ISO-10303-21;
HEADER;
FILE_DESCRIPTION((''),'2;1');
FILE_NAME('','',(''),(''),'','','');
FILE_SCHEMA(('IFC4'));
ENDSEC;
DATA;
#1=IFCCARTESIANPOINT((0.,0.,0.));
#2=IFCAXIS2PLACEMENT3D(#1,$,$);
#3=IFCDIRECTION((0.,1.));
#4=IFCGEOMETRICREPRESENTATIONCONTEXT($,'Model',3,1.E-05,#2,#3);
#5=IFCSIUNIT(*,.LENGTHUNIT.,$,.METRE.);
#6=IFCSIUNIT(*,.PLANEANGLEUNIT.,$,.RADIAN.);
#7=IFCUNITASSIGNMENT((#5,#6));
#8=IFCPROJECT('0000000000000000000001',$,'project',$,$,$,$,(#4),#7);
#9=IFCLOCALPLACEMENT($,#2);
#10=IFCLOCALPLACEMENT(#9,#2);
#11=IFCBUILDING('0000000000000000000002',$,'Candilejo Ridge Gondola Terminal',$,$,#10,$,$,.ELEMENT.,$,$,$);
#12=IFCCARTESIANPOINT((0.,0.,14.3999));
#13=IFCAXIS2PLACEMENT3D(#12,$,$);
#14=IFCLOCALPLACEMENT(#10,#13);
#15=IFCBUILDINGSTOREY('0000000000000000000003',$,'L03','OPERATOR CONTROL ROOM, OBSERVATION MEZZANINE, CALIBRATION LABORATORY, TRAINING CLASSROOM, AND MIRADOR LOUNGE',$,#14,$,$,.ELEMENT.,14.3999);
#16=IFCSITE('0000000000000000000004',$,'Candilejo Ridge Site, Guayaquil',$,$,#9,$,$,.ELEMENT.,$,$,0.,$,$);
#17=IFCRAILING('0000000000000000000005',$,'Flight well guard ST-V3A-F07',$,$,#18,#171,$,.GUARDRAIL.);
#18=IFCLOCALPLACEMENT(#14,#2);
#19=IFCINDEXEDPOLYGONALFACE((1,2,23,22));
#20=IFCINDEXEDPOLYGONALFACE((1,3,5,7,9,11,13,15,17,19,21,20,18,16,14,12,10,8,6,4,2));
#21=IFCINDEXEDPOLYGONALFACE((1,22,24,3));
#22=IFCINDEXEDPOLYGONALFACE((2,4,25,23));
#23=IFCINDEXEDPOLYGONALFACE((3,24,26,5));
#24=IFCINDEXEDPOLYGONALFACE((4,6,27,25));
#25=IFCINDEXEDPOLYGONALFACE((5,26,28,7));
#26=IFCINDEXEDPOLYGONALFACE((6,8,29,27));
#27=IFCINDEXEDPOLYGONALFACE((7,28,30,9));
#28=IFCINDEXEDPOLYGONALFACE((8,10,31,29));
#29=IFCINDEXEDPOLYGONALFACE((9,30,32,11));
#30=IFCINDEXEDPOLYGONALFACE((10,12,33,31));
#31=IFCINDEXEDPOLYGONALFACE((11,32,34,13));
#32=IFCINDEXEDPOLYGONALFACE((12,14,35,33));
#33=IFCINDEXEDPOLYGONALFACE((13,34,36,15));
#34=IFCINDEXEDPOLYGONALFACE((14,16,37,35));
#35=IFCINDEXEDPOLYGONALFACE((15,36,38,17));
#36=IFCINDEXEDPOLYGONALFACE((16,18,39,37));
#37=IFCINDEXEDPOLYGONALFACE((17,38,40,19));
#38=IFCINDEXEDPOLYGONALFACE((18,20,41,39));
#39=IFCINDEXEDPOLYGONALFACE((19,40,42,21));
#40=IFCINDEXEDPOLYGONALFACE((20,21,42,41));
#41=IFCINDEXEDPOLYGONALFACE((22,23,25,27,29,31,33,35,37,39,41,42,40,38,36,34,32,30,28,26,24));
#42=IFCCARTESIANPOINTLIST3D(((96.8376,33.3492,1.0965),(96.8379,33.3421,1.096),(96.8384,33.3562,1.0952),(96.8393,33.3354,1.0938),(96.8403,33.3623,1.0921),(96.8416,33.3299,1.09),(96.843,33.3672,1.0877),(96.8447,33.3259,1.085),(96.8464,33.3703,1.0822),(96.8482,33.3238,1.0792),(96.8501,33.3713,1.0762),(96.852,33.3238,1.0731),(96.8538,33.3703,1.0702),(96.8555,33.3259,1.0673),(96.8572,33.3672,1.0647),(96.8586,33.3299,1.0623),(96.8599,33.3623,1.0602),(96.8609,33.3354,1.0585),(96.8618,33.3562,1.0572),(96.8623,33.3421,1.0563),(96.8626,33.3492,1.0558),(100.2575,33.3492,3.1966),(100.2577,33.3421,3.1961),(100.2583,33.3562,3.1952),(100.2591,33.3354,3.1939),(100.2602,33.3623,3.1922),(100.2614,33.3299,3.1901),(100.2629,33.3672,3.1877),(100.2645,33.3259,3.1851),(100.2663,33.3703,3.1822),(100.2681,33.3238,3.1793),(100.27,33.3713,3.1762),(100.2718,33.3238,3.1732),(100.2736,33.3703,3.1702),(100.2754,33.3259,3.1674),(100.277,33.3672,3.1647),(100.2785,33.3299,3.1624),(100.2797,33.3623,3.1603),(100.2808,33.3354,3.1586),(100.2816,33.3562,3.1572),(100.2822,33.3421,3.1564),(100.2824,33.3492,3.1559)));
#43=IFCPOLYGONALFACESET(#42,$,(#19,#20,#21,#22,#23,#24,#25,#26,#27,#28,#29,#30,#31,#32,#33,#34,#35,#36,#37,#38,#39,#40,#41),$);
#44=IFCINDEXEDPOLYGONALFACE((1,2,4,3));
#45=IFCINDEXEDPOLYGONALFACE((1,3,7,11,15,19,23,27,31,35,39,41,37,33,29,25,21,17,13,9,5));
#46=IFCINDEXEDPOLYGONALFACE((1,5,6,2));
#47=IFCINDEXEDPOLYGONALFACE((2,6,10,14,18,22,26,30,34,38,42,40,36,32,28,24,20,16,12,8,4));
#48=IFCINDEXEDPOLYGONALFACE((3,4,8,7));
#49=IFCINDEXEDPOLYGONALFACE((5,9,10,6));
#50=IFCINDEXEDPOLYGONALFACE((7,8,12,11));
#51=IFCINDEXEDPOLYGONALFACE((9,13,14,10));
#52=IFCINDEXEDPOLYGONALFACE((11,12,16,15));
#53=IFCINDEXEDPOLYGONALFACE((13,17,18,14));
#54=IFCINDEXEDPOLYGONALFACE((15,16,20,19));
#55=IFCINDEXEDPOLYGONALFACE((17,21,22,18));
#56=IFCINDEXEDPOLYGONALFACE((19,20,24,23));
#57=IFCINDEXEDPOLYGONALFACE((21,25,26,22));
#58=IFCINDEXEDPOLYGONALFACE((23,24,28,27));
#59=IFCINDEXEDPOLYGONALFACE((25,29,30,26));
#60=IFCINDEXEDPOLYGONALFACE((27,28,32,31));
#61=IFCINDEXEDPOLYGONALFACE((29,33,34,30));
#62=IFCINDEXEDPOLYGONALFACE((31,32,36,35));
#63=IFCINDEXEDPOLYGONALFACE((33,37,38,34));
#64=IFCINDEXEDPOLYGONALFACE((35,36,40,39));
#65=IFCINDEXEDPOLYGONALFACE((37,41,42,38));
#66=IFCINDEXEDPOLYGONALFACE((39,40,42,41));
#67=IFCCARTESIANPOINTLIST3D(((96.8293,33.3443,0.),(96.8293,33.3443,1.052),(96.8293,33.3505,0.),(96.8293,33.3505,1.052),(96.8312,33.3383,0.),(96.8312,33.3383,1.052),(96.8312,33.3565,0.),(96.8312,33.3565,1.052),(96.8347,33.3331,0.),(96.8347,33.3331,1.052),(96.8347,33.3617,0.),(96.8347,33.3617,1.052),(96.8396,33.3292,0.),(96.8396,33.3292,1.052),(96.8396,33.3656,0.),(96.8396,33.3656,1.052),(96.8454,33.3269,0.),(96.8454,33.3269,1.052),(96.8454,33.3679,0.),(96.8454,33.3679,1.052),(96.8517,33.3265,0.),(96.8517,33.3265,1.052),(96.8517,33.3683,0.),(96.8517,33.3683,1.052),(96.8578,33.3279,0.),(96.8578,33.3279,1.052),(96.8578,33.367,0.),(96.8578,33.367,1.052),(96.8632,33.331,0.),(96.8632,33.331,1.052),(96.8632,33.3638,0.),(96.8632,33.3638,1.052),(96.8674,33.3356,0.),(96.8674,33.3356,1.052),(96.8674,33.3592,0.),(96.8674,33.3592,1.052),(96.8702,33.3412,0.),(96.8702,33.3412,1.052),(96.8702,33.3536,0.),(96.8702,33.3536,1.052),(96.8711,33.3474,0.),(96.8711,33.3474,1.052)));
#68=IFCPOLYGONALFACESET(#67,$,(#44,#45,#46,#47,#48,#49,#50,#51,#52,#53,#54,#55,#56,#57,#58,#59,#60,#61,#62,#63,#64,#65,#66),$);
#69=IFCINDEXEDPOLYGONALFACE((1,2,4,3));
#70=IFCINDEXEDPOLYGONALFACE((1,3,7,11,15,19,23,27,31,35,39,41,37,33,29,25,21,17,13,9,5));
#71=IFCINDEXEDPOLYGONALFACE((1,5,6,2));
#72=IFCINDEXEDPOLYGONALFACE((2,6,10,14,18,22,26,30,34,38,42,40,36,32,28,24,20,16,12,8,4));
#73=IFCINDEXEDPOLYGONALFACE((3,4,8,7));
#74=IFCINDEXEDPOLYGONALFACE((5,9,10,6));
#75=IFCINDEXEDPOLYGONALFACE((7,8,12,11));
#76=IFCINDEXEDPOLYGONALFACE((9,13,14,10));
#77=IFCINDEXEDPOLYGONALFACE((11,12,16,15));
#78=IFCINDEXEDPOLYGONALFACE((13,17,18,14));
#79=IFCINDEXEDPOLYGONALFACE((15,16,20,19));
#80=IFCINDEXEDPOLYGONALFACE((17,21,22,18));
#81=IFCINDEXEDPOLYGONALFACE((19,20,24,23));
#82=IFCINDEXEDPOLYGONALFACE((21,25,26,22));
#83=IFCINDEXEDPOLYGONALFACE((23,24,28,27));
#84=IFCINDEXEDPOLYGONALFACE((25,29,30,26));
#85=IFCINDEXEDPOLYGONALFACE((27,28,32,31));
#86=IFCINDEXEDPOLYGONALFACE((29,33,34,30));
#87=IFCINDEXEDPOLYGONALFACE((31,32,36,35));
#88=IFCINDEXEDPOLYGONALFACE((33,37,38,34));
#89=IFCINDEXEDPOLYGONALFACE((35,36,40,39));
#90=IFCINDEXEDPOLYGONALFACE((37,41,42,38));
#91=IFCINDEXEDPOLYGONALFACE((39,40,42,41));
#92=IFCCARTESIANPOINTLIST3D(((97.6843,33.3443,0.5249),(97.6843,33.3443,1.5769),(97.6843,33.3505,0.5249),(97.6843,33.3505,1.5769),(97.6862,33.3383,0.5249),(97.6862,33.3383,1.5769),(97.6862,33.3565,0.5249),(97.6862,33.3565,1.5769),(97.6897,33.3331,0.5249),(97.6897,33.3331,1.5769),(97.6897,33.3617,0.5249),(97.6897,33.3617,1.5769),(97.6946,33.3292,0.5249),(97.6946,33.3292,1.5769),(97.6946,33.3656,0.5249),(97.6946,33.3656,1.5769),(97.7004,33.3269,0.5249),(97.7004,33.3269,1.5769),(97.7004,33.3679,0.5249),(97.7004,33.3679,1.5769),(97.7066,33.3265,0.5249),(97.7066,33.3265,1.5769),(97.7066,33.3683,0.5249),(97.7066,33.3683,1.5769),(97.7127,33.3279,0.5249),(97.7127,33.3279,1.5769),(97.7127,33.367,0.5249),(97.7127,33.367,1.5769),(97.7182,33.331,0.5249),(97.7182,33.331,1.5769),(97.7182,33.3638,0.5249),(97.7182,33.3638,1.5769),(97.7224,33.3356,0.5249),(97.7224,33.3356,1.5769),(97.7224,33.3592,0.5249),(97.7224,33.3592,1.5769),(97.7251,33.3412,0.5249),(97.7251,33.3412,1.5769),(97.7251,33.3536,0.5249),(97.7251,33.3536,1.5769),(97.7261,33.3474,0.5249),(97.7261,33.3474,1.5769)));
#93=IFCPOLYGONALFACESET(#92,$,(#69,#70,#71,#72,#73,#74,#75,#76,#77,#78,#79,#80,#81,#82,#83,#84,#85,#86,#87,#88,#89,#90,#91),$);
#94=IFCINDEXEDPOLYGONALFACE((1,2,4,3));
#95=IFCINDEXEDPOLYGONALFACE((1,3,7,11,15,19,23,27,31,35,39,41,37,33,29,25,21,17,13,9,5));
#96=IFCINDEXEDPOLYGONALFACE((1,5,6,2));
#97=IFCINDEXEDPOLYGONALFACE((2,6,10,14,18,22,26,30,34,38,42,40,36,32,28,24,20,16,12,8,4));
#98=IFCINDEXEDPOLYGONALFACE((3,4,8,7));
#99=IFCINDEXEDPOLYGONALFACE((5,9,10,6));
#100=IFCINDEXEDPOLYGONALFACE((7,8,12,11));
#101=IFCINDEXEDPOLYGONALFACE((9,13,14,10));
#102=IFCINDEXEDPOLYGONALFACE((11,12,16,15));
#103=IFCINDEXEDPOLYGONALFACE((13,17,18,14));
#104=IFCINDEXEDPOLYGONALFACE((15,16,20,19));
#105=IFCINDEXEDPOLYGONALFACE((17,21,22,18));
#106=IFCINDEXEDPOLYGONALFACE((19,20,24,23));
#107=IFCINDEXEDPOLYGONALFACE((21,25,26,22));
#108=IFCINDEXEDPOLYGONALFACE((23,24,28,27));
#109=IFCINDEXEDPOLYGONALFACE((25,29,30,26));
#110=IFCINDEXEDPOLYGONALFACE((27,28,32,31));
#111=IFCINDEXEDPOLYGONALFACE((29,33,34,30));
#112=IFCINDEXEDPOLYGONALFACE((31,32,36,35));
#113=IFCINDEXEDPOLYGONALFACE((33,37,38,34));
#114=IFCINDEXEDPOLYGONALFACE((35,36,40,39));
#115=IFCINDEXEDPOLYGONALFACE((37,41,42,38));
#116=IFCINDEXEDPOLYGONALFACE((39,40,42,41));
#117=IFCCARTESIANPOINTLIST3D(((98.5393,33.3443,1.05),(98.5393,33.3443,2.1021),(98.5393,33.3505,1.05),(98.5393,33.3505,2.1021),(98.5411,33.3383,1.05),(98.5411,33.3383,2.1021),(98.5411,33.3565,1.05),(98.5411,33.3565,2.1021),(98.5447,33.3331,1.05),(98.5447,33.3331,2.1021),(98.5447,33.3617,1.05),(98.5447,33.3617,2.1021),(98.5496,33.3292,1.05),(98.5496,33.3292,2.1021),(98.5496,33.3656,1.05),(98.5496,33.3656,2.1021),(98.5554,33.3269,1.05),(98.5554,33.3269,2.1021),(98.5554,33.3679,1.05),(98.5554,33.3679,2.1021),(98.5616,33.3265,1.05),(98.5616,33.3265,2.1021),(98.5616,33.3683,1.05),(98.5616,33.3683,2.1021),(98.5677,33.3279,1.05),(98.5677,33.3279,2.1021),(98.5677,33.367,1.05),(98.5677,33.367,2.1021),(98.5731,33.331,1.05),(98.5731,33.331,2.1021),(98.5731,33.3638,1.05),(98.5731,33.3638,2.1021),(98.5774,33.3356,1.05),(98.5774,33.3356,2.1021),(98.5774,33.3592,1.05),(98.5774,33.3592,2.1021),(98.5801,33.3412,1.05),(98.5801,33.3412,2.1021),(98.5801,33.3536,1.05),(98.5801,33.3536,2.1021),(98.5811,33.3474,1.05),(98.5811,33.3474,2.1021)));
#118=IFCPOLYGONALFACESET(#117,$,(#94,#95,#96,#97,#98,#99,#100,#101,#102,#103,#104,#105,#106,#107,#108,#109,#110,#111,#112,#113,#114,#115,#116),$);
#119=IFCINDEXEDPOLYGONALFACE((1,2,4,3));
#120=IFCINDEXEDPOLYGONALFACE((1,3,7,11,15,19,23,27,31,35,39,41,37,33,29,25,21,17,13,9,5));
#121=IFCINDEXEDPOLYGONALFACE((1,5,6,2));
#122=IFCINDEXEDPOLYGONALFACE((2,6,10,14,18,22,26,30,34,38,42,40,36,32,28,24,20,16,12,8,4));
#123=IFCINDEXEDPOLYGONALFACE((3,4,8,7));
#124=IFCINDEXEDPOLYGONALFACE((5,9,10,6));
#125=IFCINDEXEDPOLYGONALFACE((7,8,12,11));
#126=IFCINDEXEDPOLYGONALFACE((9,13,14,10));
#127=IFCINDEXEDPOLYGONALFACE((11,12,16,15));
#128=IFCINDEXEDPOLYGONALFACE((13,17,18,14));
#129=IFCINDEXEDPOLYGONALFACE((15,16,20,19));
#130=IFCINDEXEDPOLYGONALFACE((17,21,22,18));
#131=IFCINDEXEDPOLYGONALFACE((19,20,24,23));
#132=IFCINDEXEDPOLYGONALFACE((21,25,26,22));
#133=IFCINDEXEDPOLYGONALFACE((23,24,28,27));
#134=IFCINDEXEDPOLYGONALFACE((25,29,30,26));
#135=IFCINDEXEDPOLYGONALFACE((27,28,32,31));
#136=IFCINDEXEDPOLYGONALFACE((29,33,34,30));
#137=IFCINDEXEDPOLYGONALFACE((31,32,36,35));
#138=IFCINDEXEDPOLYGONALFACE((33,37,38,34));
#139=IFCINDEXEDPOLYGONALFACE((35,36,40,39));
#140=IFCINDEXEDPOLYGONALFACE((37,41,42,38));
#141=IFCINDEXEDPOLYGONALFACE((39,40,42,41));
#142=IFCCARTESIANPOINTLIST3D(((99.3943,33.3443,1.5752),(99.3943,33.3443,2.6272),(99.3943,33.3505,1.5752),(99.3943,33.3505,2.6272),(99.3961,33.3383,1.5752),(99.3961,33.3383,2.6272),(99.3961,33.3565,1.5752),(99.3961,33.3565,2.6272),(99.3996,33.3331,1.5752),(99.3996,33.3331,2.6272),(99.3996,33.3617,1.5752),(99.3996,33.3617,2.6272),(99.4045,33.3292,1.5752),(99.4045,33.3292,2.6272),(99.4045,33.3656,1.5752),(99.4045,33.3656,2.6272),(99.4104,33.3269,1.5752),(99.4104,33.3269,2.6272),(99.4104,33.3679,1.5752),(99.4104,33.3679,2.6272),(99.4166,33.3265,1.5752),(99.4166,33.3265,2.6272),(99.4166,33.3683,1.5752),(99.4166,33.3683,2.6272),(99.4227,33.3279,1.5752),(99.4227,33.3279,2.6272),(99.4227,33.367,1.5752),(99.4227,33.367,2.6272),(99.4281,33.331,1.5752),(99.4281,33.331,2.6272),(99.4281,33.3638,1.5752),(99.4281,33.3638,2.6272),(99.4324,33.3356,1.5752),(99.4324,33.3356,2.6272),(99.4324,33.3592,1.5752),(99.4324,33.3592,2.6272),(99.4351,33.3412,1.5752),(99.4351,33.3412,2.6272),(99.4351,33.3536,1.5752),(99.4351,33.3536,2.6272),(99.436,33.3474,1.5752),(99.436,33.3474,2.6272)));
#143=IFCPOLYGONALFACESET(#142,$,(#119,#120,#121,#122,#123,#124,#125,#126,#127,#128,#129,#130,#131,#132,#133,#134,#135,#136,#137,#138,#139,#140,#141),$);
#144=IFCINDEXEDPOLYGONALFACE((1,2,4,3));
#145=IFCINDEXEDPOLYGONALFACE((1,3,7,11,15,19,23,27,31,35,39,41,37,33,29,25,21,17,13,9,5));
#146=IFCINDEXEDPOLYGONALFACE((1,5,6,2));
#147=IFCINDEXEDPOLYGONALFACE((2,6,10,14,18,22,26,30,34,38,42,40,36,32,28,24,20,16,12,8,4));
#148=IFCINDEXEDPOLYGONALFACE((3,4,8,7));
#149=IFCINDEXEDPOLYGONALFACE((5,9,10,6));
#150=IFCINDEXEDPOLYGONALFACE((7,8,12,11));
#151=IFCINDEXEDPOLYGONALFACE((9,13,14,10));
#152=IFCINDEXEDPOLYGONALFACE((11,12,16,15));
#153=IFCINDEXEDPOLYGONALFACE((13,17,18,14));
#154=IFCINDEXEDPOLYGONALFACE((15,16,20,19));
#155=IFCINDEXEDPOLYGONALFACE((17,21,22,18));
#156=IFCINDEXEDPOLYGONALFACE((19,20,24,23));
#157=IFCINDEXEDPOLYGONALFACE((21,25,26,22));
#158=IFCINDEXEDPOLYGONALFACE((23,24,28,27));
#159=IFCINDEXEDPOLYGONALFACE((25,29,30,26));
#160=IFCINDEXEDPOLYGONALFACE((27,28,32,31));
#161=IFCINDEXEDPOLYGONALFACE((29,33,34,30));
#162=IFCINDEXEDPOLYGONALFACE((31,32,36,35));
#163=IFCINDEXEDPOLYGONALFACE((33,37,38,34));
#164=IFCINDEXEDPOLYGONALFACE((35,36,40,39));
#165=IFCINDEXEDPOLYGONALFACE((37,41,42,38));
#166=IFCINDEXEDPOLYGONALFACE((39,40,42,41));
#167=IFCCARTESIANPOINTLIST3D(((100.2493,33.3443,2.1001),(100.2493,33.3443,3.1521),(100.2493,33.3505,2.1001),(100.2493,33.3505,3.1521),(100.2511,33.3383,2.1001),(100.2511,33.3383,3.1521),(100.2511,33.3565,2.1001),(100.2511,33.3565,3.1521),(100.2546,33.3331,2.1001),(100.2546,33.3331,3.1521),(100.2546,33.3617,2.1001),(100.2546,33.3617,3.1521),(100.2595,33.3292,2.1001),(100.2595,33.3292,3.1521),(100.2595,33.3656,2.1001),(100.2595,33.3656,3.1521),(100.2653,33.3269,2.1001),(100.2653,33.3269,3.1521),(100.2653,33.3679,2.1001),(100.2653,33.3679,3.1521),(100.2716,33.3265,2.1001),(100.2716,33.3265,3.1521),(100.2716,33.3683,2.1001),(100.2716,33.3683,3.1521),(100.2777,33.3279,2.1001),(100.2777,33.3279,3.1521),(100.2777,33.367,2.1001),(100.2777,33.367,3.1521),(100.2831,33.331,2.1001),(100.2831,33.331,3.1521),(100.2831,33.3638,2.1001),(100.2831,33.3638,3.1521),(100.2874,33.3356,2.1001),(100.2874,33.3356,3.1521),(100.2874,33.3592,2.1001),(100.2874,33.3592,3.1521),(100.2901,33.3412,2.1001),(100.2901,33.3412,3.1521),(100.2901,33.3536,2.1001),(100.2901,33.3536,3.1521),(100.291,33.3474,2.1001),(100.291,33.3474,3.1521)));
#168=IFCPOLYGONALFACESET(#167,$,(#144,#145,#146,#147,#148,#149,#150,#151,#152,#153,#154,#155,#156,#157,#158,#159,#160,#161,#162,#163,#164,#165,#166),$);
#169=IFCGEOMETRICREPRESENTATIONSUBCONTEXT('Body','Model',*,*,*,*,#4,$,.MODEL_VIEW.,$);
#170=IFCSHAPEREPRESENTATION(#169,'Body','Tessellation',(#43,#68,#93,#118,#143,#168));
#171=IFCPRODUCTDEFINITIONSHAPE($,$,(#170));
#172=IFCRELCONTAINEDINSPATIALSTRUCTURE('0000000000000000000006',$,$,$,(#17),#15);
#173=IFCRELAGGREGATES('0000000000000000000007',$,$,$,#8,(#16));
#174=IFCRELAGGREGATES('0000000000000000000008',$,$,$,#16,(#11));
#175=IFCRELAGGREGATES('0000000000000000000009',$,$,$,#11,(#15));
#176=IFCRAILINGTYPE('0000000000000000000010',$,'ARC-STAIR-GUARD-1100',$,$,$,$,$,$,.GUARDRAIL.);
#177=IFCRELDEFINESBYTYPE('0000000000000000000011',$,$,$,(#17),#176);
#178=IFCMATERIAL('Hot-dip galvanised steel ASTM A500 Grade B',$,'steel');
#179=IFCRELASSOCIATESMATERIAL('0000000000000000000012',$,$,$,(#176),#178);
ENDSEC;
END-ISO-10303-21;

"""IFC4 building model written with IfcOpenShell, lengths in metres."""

from ifc_helpers import new_model, si_unit, direction, frame, origin, origin_2d, place, context, subcontext, project, spatial, circle, extrude, material, type_object, element, save


model = new_model("IFC4")

# Units and contexts
model_context = context("Model", 3, precision=1e-05, world=origin(), true_north=direction((0.0, 1.0)))
body_context = subcontext(model_context, "Body", "Model", "MODEL_VIEW")
ifc_project = project(units=[si_unit("LENGTHUNIT", "METRE"), si_unit("PLANEANGLEUNIT", "RADIAN")], contexts=[model_context])

# Site, building, storey
site_placement = place(None, origin())
site = spatial("IfcSite", under=ifc_project, at=site_placement, Name="Candilejo Ridge Site, Guayaquil", CompositionType="ELEMENT", RefElevation=0.0)
building_placement = place(site_placement, origin())
building = spatial("IfcBuilding", under=site, at=building_placement, Name="Candilejo Ridge Gondola Terminal", CompositionType="ELEMENT")
storey_placement = place(building_placement, frame((0.0, 0.0, 14.3999)))
storey = spatial("IfcBuildingStorey", under=building, at=storey_placement, Name="L03", Description="OPERATOR CONTROL ROOM, OBSERVATION MEZZANINE, CALIBRATION LABORATORY, TRAINING CLASSROOM, AND MIRADOR LOUNGE", CompositionType="ELEMENT", Elevation=14.3999)

# Railing
ifc_material_1 = material(Name="Hot-dip galvanised steel ASTM A500 Grade B", Category="steel")
railing_type_1 = type_object("IfcRailingType", Name="ARC-STAIR-GUARD-1100", PredefinedType="GUARDRAIL", material=ifc_material_1)
railing_1_placement = place(storey_placement, frame((96.8501, 33.3474, 0.0)))
element("IfcRailing", 1, at=railing_1_placement, inside=storey, type_object=railing_type_1, Name="Flight well guard ST-V3A-F07", PredefinedType="GUARDRAIL", context=body_context, shape_type="SweptSolid", body=[
    extrude(circle(Radius=0.0239, at=origin_2d()), frame((0.0, 0.0, 1.0762), z_axis=(0.852155, 0.0, 0.523289), x_axis=(0.0, 1.0, 0.0)), (0.0, 0.0, 1.0), 4.0132),
    extrude(circle(Radius=0.021, at=origin_2d()), origin(), (0.0, 0.0, 1.0), 1.052),
    extrude(circle(Radius=0.021, at=origin_2d()), frame((0.855, 0.0, 0.5249)), (0.0, 0.0, 1.0), 1.052),
    extrude(circle(Radius=0.021, at=origin_2d()), frame((1.71, 0.0, 1.05)), (0.0, 0.0, 1.0), 1.052),
    extrude(circle(Radius=0.021, at=origin_2d()), frame((2.5649, 0.0, 1.5752)), (0.0, 0.0, 1.0), 1.052),
    extrude(circle(Radius=0.021, at=origin_2d()), frame((3.4199, 0.0, 2.1001)), (0.0, 0.0, 1.0), 1.052),
])

save(model, "model.ifc")
